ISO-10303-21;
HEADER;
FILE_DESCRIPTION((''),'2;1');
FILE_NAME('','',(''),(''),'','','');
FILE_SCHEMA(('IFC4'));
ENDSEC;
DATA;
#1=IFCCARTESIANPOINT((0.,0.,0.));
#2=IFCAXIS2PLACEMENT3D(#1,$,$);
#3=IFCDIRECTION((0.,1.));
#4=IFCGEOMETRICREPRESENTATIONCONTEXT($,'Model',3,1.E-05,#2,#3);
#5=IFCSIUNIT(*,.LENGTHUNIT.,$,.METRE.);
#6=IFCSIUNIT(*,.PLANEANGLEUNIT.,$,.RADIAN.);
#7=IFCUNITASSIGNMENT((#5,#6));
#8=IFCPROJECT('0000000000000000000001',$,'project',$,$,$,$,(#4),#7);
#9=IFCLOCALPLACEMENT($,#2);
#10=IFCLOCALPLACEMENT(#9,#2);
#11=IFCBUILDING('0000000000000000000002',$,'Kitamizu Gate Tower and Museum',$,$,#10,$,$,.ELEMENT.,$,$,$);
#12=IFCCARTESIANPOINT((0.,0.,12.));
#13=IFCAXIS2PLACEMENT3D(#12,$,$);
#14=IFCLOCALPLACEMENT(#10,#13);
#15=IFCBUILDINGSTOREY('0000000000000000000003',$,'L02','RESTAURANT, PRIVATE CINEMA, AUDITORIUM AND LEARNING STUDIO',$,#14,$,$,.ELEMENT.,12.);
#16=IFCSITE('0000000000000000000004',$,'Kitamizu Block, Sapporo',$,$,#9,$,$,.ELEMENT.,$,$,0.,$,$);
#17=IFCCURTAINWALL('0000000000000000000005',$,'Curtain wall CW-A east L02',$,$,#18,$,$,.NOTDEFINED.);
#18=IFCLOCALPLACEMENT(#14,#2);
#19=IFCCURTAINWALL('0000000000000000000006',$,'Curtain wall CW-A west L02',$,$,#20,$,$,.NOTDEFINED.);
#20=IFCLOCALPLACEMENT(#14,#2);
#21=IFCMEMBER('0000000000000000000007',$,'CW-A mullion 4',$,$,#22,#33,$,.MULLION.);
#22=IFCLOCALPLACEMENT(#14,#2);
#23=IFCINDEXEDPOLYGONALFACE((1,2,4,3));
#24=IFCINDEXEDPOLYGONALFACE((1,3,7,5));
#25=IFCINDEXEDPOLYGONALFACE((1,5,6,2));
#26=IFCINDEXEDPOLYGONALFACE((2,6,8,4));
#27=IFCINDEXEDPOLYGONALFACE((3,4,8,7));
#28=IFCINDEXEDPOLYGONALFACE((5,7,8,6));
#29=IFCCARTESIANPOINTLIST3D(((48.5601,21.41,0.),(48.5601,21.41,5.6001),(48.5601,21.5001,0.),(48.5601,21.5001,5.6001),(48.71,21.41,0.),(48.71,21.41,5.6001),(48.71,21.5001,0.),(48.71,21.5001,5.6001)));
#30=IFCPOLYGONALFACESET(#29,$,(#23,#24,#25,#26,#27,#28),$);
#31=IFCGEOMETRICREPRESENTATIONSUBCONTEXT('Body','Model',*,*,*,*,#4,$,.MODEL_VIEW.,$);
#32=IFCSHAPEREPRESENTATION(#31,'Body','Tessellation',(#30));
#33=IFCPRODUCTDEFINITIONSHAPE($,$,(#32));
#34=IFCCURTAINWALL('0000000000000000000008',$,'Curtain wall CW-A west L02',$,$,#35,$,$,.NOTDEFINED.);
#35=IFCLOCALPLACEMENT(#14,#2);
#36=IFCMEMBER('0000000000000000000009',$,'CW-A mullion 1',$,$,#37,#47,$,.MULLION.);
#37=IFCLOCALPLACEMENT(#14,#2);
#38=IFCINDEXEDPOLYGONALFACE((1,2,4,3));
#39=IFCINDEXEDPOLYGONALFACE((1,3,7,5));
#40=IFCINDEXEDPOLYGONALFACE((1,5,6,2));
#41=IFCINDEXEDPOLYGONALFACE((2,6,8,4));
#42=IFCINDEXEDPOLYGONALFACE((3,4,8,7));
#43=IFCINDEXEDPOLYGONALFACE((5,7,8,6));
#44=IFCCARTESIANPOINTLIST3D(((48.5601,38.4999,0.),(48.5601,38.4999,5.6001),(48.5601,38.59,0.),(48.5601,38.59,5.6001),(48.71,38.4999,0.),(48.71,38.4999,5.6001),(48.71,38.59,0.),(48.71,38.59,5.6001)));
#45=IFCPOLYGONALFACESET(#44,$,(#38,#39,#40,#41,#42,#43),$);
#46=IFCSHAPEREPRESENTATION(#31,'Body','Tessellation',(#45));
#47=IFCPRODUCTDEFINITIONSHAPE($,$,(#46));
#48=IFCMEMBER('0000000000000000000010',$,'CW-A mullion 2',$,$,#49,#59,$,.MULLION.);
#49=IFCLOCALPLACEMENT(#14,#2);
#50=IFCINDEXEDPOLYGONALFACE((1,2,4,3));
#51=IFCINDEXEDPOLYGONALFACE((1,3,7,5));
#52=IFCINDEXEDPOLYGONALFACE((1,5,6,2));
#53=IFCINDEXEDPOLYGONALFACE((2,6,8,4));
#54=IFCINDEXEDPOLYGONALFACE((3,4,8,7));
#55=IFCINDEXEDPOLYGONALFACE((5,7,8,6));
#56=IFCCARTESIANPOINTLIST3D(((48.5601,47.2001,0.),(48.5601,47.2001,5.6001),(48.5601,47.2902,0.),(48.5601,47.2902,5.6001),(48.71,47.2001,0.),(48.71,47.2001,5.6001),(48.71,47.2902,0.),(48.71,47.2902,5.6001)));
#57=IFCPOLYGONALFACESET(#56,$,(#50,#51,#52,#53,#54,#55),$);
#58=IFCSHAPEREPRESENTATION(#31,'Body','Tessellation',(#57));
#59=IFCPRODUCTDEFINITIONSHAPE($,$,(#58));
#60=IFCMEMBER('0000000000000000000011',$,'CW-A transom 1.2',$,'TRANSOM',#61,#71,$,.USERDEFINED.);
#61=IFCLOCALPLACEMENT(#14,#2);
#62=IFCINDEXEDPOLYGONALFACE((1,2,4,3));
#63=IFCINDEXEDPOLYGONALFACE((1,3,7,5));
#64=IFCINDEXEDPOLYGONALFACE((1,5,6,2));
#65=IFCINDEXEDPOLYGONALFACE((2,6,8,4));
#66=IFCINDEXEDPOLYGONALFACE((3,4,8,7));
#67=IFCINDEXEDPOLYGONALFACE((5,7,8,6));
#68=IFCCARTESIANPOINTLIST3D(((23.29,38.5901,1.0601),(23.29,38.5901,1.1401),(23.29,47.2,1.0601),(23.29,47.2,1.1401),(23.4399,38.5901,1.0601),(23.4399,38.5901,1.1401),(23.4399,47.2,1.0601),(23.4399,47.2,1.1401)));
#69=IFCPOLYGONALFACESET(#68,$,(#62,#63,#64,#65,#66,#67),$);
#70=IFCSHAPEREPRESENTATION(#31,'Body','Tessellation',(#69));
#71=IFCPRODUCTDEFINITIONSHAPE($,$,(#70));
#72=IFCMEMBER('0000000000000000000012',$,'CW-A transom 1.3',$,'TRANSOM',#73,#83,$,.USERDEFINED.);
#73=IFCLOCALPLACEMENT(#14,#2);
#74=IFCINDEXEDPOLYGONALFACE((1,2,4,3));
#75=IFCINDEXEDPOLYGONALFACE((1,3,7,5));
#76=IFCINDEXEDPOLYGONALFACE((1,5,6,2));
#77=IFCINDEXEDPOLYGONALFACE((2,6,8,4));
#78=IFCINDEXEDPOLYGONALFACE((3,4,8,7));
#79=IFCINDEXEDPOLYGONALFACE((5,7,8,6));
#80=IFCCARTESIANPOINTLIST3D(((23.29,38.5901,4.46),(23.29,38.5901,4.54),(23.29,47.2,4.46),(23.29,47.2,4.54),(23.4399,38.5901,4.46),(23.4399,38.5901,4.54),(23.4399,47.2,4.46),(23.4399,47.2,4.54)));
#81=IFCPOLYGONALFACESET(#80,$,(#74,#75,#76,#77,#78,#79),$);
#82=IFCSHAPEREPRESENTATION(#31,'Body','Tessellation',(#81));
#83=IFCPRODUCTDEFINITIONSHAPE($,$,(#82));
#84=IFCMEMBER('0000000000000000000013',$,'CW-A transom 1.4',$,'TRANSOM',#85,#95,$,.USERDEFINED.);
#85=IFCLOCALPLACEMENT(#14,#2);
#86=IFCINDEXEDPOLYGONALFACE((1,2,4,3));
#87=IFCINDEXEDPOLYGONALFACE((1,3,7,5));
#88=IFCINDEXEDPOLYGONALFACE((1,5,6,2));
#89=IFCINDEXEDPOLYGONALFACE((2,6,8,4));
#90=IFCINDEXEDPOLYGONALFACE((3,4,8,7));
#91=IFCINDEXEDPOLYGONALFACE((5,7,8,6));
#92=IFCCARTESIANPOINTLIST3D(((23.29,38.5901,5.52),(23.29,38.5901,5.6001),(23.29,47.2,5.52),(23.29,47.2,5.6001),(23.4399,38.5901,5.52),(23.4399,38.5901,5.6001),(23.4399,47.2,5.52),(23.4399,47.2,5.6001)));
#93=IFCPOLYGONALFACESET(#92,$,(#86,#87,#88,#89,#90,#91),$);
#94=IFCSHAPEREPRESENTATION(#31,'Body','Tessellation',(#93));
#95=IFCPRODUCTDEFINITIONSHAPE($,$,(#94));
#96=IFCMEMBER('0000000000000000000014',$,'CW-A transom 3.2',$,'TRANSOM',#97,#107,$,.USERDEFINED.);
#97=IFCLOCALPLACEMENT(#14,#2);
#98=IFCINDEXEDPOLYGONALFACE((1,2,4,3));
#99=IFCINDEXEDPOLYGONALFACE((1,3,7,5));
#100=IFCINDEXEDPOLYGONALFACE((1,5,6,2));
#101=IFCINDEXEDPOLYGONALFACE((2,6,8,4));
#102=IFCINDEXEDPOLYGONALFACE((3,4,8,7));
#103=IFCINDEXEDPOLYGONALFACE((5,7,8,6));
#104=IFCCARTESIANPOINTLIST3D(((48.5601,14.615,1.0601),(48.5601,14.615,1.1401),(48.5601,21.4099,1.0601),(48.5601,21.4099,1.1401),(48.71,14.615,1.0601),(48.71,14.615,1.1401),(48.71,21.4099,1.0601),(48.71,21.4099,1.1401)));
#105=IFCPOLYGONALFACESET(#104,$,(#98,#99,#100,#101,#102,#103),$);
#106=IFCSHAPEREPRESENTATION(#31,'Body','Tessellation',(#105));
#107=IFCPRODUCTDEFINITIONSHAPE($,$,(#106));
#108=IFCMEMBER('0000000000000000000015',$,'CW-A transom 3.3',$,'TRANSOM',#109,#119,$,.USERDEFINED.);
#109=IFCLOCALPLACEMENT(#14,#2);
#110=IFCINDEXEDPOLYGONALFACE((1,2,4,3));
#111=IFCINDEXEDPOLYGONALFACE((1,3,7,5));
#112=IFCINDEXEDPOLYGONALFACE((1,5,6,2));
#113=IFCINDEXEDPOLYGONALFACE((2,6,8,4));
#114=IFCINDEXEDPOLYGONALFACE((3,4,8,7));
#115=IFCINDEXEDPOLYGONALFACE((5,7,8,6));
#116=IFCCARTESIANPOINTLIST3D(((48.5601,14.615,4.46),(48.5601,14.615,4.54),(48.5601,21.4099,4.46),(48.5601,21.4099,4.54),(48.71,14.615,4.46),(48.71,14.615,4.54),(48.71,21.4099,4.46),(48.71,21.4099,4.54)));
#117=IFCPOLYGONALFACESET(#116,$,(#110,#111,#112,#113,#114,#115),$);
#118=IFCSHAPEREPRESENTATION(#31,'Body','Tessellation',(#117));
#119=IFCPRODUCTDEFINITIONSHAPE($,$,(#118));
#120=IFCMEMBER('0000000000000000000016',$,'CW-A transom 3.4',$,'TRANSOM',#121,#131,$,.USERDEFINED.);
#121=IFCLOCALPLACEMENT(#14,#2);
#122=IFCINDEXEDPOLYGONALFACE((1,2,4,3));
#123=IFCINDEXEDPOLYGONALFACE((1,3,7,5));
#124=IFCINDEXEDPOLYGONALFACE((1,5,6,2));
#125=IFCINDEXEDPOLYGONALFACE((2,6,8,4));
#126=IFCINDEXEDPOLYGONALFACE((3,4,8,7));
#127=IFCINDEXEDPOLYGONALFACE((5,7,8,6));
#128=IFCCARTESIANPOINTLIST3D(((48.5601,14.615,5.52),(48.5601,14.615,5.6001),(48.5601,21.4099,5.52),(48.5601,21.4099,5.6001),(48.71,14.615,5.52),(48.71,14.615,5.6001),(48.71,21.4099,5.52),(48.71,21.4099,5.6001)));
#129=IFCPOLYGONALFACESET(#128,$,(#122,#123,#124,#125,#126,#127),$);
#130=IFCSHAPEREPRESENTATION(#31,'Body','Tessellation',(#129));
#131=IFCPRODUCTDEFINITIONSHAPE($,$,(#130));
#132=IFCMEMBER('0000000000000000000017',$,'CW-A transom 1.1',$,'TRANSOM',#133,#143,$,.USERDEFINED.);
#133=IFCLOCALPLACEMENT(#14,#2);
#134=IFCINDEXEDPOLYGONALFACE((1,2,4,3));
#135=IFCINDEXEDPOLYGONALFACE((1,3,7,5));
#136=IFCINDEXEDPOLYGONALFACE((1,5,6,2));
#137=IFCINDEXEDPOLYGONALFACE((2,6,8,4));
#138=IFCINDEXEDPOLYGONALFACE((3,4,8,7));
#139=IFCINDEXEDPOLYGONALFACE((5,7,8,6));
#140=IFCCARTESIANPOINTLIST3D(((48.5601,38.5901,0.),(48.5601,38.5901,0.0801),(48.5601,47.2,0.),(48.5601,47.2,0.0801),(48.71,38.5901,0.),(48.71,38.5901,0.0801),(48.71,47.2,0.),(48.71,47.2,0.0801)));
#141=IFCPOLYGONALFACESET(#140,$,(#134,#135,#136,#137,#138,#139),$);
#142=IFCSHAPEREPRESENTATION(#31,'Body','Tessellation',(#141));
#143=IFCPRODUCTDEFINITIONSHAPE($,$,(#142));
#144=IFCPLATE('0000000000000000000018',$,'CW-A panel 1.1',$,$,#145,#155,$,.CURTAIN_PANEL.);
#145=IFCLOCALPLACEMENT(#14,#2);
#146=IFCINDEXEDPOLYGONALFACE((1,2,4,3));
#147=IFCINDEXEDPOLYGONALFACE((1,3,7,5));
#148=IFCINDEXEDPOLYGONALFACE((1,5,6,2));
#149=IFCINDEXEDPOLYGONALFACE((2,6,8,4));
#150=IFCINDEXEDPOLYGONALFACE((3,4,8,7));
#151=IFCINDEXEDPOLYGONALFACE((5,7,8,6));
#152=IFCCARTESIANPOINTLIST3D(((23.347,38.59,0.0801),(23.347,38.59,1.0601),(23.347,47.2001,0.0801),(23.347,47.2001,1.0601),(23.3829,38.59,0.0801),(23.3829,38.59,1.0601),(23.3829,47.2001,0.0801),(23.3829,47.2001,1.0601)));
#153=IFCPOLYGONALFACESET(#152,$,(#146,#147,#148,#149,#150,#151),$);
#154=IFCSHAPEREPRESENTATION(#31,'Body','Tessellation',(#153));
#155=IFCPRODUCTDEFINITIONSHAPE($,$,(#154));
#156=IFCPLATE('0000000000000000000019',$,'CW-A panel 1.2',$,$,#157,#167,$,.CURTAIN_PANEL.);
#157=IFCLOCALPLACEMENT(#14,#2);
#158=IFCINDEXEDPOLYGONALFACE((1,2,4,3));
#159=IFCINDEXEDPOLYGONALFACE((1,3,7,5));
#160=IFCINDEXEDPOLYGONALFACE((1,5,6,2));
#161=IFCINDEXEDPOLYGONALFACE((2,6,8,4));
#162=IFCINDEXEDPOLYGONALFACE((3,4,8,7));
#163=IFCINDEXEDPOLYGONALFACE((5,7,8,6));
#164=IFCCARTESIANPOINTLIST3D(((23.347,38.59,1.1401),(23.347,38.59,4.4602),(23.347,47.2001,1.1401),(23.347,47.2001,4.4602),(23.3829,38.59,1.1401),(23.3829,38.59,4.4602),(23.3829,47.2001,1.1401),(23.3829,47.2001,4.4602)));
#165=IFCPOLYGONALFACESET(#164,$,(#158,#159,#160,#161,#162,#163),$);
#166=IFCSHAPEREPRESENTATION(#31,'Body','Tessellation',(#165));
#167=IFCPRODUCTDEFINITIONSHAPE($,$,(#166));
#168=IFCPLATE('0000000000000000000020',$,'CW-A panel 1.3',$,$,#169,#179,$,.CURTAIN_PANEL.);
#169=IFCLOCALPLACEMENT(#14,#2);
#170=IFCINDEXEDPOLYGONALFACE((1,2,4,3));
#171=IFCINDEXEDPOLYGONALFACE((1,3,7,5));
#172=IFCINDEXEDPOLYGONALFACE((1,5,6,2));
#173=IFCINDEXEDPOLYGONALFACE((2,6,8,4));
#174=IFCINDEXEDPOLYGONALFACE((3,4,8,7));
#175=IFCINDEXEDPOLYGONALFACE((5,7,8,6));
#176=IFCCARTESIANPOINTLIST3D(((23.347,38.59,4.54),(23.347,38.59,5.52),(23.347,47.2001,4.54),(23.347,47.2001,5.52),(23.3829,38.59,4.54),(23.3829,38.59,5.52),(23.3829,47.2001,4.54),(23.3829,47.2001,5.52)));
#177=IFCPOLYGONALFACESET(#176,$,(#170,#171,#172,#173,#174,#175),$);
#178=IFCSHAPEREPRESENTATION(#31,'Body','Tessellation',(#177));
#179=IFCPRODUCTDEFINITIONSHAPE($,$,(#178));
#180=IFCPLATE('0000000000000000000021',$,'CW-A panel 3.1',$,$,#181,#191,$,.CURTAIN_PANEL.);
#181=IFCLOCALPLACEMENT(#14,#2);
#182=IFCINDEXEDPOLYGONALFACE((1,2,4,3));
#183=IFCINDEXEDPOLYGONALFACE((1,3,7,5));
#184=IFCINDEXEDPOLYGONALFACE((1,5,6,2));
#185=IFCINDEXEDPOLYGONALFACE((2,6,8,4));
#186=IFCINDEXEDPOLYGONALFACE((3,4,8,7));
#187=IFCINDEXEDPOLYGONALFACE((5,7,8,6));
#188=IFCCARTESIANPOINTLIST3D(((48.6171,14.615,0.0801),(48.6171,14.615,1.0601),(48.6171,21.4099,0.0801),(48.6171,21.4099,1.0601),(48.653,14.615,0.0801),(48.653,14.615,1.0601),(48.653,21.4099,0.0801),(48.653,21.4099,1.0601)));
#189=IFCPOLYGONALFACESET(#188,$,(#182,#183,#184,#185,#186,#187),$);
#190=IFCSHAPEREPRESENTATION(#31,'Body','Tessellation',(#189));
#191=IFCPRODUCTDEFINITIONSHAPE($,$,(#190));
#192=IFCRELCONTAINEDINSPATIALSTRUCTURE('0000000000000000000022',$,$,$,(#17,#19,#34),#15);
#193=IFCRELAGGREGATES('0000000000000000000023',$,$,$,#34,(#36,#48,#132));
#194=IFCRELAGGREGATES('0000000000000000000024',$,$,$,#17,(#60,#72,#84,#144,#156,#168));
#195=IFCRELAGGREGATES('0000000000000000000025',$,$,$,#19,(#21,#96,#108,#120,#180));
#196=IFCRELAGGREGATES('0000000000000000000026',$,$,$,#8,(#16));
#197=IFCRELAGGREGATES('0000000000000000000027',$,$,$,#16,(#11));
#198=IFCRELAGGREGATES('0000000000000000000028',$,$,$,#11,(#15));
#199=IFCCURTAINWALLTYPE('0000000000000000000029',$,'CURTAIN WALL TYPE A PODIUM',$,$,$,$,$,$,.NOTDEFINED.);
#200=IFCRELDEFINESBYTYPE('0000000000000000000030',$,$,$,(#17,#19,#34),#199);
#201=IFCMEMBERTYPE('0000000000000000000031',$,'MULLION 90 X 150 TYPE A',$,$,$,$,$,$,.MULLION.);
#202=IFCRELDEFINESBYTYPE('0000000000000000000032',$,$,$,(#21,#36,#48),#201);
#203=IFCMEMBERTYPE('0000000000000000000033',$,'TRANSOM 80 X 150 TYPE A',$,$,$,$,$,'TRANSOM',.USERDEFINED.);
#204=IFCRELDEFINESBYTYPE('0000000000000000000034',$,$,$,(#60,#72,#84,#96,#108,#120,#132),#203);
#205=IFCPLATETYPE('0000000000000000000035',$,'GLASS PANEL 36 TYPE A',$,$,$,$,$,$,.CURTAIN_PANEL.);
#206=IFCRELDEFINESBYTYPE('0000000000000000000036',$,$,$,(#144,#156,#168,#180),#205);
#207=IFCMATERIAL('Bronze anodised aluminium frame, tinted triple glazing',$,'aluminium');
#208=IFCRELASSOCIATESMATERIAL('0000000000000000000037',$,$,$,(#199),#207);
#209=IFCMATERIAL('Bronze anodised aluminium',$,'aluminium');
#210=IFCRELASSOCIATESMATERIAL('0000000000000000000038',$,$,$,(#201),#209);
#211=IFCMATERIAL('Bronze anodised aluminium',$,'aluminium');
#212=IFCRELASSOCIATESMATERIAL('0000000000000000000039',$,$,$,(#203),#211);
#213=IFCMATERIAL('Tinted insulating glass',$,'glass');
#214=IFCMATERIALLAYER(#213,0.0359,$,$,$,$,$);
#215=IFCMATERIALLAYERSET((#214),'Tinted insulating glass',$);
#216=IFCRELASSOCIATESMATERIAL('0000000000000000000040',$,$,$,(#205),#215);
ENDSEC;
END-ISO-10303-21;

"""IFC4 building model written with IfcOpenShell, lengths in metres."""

from ifc_helpers import new_model, si_unit, direction, frame, origin, origin_2d, place, context, subcontext, project, spatial, rectangle, extrude, material, layer, layer_set, material_profile, profile_set, type_object, element, aggregate, save


model = new_model("IFC4")

# Units and contexts
model_context = context("Model", 3, precision=1e-05, world=origin(), true_north=direction((0.0, 1.0)))
body_context = subcontext(model_context, "Body", "Model", "MODEL_VIEW")
ifc_project = project(units=[si_unit("LENGTHUNIT", "METRE"), si_unit("PLANEANGLEUNIT", "RADIAN")], contexts=[model_context])

# Site, building, storey
site_placement = place(None, origin())
site = spatial("IfcSite", under=ifc_project, at=site_placement, Name="Kitamizu Block, Sapporo", CompositionType="ELEMENT", RefElevation=0.0)
building_placement = place(site_placement, origin())
building = spatial("IfcBuilding", under=site, at=building_placement, Name="Kitamizu Gate Tower and Museum", CompositionType="ELEMENT")
storey_placement = place(building_placement, frame((0.0, 0.0, 12.0)))
storey = spatial("IfcBuildingStorey", under=building, at=storey_placement, Name="L02", Description="RESTAURANT, PRIVATE CINEMA, AUDITORIUM AND LEARNING STUDIO", CompositionType="ELEMENT", Elevation=12.0)

# Curtain walls, member
ifc_material_1 = material(Name="Bronze anodised aluminium frame, tinted triple glazing", Category="aluminium")
curtain_wall_type = type_object("IfcCurtainWallType", Name="CURTAIN WALL TYPE A PODIUM", PredefinedType="NOTDEFINED", material=ifc_material_1)
curtain_wall_1_placement = place(storey_placement, origin())
curtain_wall_1 = element("IfcCurtainWall", 1, at=curtain_wall_1_placement, inside=storey, type_object=curtain_wall_type, Name="Curtain wall CW-A east L02", PredefinedType="NOTDEFINED")
ifc_material_2 = material(Name="Bronze anodised aluminium", Category="aluminium")
ifc_material_profile_1 = material_profile(ifc_material_2, rectangle(XDim=0.0901, YDim=0.1499, at=origin_2d()), Name="AL 90X150")
ifc_profile_set_1 = profile_set([ifc_material_profile_1], Name="Bronze anodised aluminium")
member_type_1 = type_object("IfcMemberType", Name="MULLION 90 X 150 TYPE A", PredefinedType="MULLION", material=ifc_profile_set_1)
curtain_wall_2_placement = place(storey_placement, origin())
curtain_wall_2 = element("IfcCurtainWall", 2, at=curtain_wall_2_placement, inside=storey, type_object=curtain_wall_type, Name="Curtain wall CW-A west L02", PredefinedType="NOTDEFINED")
member_1_placement = place(storey_placement, frame((48.635, 21.4551, 0.0), z_axis=(0.0, 0.0, 1.0), x_axis=(0.0, 1.0, 0.0)))
member_1 = element("IfcMember", 3, at=member_1_placement, type_object=member_type_1, Name="CW-A mullion 4", PredefinedType="MULLION", context=body_context, shape_type="SweptSolid", body=[
    extrude(rectangle(XDim=0.0901, YDim=0.1499, at=origin_2d()), origin(), (0.0, 0.0, 1.0), 5.6001),
])

# Curtain wall, members
curtain_wall_3_placement = place(storey_placement, origin())
curtain_wall_3 = element("IfcCurtainWall", 4, at=curtain_wall_3_placement, inside=storey, type_object=curtain_wall_type, Name="Curtain wall CW-A west L02", PredefinedType="NOTDEFINED")
member_2_placement = place(storey_placement, frame((48.635, 38.5449, 0.0), z_axis=(0.0, 0.0, 1.0), x_axis=(0.0, 1.0, 0.0)))
member_2 = element("IfcMember", 5, at=member_2_placement, type_object=member_type_1, Name="CW-A mullion 1", PredefinedType="MULLION", context=body_context, shape_type="SweptSolid", body=[
    extrude(rectangle(XDim=0.0901, YDim=0.1499, at=origin_2d()), origin(), (0.0, 0.0, 1.0), 5.6001),
])
member_3_placement = place(storey_placement, frame((48.635, 47.2451, 0.0), z_axis=(0.0, 0.0, 1.0), x_axis=(0.0, 1.0, 0.0)))
member_3 = element("IfcMember", 6, at=member_3_placement, type_object=member_type_1, Name="CW-A mullion 2", PredefinedType="MULLION", context=body_context, shape_type="SweptSolid", body=[
    extrude(rectangle(XDim=0.0901, YDim=0.1499, at=origin_2d()), origin(), (0.0, 0.0, 1.0), 5.6001),
])

# Members
ifc_material_3 = material(Name="Bronze anodised aluminium", Category="aluminium")
ifc_material_profile_2 = material_profile(ifc_material_3, rectangle(XDim=0.1499, YDim=0.0801, at=origin_2d()), Name="AL 80X150")
ifc_profile_set_2 = profile_set([ifc_material_profile_2], Name="Bronze anodised aluminium")
member_type_2 = type_object("IfcMemberType", Name="TRANSOM 80 X 150 TYPE A", ElementType="TRANSOM", PredefinedType="USERDEFINED", material=ifc_profile_set_2)
member_4_placement = place(storey_placement, frame((23.365, 38.5901, 1.1001), z_axis=(0.0, 1.0, 0.0), x_axis=(-1.0, 0.0, 0.0)))
member_4 = element("IfcMember", 7, at=member_4_placement, type_object=member_type_2, Name="CW-A transom 1.2", ObjectType="TRANSOM", PredefinedType="USERDEFINED", context=body_context, shape_type="SweptSolid", body=[
    extrude(rectangle(XDim=0.1499, YDim=0.0801, at=origin_2d()), origin(), (0.0, 0.0, 1.0), 8.6099),
])
member_5_placement = place(storey_placement, frame((23.365, 38.5901, 4.5), z_axis=(0.0, 1.0, 0.0), x_axis=(-1.0, 0.0, 0.0)))
member_5 = element("IfcMember", 8, at=member_5_placement, type_object=member_type_2, Name="CW-A transom 1.3", ObjectType="TRANSOM", PredefinedType="USERDEFINED", context=body_context, shape_type="SweptSolid", body=[
    extrude(rectangle(XDim=0.1499, YDim=0.0801, at=origin_2d()), origin(), (0.0, 0.0, 1.0), 8.6099),
])
member_6_placement = place(storey_placement, frame((23.365, 38.5901, 5.5601), z_axis=(0.0, 1.0, 0.0), x_axis=(-1.0, 0.0, 0.0)))
member_6 = element("IfcMember", 9, at=member_6_placement, type_object=member_type_2, Name="CW-A transom 1.4", ObjectType="TRANSOM", PredefinedType="USERDEFINED", context=body_context, shape_type="SweptSolid", body=[
    extrude(rectangle(XDim=0.1499, YDim=0.0801, at=origin_2d()), origin(), (0.0, 0.0, 1.0), 8.6099),
])
member_7_placement = place(storey_placement, frame((48.635, 14.615, 1.1001), z_axis=(0.0, 1.0, 0.0), x_axis=(-1.0, 0.0, 0.0)))
member_7 = element("IfcMember", 10, at=member_7_placement, type_object=member_type_2, Name="CW-A transom 3.2", ObjectType="TRANSOM", PredefinedType="USERDEFINED", context=body_context, shape_type="SweptSolid", body=[
    extrude(rectangle(XDim=0.1499, YDim=0.0801, at=origin_2d()), origin(), (0.0, 0.0, 1.0), 6.7949),
])
member_8_placement = place(storey_placement, frame((48.635, 14.615, 4.5), z_axis=(0.0, 1.0, 0.0), x_axis=(-1.0, 0.0, 0.0)))
member_8 = element("IfcMember", 11, at=member_8_placement, type_object=member_type_2, Name="CW-A transom 3.3", ObjectType="TRANSOM", PredefinedType="USERDEFINED", context=body_context, shape_type="SweptSolid", body=[
    extrude(rectangle(XDim=0.1499, YDim=0.0801, at=origin_2d()), origin(), (0.0, 0.0, 1.0), 6.7949),
])
member_9_placement = place(storey_placement, frame((48.635, 14.615, 5.5601), z_axis=(0.0, 1.0, 0.0), x_axis=(-1.0, 0.0, 0.0)))
member_9 = element("IfcMember", 12, at=member_9_placement, type_object=member_type_2, Name="CW-A transom 3.4", ObjectType="TRANSOM", PredefinedType="USERDEFINED", context=body_context, shape_type="SweptSolid", body=[
    extrude(rectangle(XDim=0.1499, YDim=0.0801, at=origin_2d()), origin(), (0.0, 0.0, 1.0), 6.7949),
])
member_10_placement = place(storey_placement, frame((48.635, 38.5901, 0.04), z_axis=(0.0, 1.0, 0.0), x_axis=(-1.0, 0.0, 0.0)))
member_10 = element("IfcMember", 13, at=member_10_placement, type_object=member_type_2, Name="CW-A transom 1.1", ObjectType="TRANSOM", PredefinedType="USERDEFINED", context=body_context, shape_type="SweptSolid", body=[
    extrude(rectangle(XDim=0.1499, YDim=0.0801, at=origin_2d()), origin(), (0.0, 0.0, 1.0), 8.6099),
])
aggregate(curtain_wall_3, [member_2, member_3, member_10])

# Plates
ifc_material_4 = material(Name="Tinted insulating glass", Category="glass")
ifc_layer_1 = layer(ifc_material_4, 0.0359)
ifc_layer_set_1 = layer_set([ifc_layer_1], Name="Tinted insulating glass")
plate_type = type_object("IfcPlateType", Name="GLASS PANEL 36 TYPE A", PredefinedType="CURTAIN_PANEL", material=ifc_layer_set_1)
plate_1_placement = place(storey_placement, frame((23.365, 42.895, 0.0801), z_axis=(0.0, 0.0, 1.0), x_axis=(0.0, 1.0, 0.0)))
plate_1 = element("IfcPlate", 14, at=plate_1_placement, type_object=plate_type, Name="CW-A panel 1.1", PredefinedType="CURTAIN_PANEL", context=body_context, shape_type="SweptSolid", body=[
    extrude(rectangle(XDim=8.6101, YDim=0.0359, at=origin_2d()), origin(), (0.0, 0.0, 1.0), 0.98),
])
plate_2_placement = place(storey_placement, frame((23.365, 42.895, 1.1401), z_axis=(0.0, 0.0, 1.0), x_axis=(0.0, 1.0, 0.0)))
plate_2 = element("IfcPlate", 15, at=plate_2_placement, type_object=plate_type, Name="CW-A panel 1.2", PredefinedType="CURTAIN_PANEL", context=body_context, shape_type="SweptSolid", body=[
    extrude(rectangle(XDim=8.6101, YDim=0.0359, at=origin_2d()), origin(), (0.0, 0.0, 1.0), 3.3201),
])
plate_3_placement = place(storey_placement, frame((23.365, 42.895, 4.54), z_axis=(0.0, 0.0, 1.0), x_axis=(0.0, 1.0, 0.0)))
plate_3 = element("IfcPlate", 16, at=plate_3_placement, type_object=plate_type, Name="CW-A panel 1.3", PredefinedType="CURTAIN_PANEL", context=body_context, shape_type="SweptSolid", body=[
    extrude(rectangle(XDim=8.6101, YDim=0.0359, at=origin_2d()), origin(), (0.0, 0.0, 1.0), 0.98),
])
aggregate(curtain_wall_1, [member_4, member_5, member_6, plate_1, plate_2, plate_3])
plate_4_placement = place(storey_placement, frame((48.635, 18.0125, 0.0801), z_axis=(0.0, 0.0, 1.0), x_axis=(0.0, 1.0, 0.0)))
plate_4 = element("IfcPlate", 17, at=plate_4_placement, type_object=plate_type, Name="CW-A panel 3.1", PredefinedType="CURTAIN_PANEL", context=body_context, shape_type="SweptSolid", body=[
    extrude(rectangle(XDim=6.7949, YDim=0.0359, at=origin_2d()), origin(), (0.0, 0.0, 1.0), 0.98),
])
aggregate(curtain_wall_2, [member_1, member_7, member_8, member_9, plate_4])

save(model, "model.ifc")
